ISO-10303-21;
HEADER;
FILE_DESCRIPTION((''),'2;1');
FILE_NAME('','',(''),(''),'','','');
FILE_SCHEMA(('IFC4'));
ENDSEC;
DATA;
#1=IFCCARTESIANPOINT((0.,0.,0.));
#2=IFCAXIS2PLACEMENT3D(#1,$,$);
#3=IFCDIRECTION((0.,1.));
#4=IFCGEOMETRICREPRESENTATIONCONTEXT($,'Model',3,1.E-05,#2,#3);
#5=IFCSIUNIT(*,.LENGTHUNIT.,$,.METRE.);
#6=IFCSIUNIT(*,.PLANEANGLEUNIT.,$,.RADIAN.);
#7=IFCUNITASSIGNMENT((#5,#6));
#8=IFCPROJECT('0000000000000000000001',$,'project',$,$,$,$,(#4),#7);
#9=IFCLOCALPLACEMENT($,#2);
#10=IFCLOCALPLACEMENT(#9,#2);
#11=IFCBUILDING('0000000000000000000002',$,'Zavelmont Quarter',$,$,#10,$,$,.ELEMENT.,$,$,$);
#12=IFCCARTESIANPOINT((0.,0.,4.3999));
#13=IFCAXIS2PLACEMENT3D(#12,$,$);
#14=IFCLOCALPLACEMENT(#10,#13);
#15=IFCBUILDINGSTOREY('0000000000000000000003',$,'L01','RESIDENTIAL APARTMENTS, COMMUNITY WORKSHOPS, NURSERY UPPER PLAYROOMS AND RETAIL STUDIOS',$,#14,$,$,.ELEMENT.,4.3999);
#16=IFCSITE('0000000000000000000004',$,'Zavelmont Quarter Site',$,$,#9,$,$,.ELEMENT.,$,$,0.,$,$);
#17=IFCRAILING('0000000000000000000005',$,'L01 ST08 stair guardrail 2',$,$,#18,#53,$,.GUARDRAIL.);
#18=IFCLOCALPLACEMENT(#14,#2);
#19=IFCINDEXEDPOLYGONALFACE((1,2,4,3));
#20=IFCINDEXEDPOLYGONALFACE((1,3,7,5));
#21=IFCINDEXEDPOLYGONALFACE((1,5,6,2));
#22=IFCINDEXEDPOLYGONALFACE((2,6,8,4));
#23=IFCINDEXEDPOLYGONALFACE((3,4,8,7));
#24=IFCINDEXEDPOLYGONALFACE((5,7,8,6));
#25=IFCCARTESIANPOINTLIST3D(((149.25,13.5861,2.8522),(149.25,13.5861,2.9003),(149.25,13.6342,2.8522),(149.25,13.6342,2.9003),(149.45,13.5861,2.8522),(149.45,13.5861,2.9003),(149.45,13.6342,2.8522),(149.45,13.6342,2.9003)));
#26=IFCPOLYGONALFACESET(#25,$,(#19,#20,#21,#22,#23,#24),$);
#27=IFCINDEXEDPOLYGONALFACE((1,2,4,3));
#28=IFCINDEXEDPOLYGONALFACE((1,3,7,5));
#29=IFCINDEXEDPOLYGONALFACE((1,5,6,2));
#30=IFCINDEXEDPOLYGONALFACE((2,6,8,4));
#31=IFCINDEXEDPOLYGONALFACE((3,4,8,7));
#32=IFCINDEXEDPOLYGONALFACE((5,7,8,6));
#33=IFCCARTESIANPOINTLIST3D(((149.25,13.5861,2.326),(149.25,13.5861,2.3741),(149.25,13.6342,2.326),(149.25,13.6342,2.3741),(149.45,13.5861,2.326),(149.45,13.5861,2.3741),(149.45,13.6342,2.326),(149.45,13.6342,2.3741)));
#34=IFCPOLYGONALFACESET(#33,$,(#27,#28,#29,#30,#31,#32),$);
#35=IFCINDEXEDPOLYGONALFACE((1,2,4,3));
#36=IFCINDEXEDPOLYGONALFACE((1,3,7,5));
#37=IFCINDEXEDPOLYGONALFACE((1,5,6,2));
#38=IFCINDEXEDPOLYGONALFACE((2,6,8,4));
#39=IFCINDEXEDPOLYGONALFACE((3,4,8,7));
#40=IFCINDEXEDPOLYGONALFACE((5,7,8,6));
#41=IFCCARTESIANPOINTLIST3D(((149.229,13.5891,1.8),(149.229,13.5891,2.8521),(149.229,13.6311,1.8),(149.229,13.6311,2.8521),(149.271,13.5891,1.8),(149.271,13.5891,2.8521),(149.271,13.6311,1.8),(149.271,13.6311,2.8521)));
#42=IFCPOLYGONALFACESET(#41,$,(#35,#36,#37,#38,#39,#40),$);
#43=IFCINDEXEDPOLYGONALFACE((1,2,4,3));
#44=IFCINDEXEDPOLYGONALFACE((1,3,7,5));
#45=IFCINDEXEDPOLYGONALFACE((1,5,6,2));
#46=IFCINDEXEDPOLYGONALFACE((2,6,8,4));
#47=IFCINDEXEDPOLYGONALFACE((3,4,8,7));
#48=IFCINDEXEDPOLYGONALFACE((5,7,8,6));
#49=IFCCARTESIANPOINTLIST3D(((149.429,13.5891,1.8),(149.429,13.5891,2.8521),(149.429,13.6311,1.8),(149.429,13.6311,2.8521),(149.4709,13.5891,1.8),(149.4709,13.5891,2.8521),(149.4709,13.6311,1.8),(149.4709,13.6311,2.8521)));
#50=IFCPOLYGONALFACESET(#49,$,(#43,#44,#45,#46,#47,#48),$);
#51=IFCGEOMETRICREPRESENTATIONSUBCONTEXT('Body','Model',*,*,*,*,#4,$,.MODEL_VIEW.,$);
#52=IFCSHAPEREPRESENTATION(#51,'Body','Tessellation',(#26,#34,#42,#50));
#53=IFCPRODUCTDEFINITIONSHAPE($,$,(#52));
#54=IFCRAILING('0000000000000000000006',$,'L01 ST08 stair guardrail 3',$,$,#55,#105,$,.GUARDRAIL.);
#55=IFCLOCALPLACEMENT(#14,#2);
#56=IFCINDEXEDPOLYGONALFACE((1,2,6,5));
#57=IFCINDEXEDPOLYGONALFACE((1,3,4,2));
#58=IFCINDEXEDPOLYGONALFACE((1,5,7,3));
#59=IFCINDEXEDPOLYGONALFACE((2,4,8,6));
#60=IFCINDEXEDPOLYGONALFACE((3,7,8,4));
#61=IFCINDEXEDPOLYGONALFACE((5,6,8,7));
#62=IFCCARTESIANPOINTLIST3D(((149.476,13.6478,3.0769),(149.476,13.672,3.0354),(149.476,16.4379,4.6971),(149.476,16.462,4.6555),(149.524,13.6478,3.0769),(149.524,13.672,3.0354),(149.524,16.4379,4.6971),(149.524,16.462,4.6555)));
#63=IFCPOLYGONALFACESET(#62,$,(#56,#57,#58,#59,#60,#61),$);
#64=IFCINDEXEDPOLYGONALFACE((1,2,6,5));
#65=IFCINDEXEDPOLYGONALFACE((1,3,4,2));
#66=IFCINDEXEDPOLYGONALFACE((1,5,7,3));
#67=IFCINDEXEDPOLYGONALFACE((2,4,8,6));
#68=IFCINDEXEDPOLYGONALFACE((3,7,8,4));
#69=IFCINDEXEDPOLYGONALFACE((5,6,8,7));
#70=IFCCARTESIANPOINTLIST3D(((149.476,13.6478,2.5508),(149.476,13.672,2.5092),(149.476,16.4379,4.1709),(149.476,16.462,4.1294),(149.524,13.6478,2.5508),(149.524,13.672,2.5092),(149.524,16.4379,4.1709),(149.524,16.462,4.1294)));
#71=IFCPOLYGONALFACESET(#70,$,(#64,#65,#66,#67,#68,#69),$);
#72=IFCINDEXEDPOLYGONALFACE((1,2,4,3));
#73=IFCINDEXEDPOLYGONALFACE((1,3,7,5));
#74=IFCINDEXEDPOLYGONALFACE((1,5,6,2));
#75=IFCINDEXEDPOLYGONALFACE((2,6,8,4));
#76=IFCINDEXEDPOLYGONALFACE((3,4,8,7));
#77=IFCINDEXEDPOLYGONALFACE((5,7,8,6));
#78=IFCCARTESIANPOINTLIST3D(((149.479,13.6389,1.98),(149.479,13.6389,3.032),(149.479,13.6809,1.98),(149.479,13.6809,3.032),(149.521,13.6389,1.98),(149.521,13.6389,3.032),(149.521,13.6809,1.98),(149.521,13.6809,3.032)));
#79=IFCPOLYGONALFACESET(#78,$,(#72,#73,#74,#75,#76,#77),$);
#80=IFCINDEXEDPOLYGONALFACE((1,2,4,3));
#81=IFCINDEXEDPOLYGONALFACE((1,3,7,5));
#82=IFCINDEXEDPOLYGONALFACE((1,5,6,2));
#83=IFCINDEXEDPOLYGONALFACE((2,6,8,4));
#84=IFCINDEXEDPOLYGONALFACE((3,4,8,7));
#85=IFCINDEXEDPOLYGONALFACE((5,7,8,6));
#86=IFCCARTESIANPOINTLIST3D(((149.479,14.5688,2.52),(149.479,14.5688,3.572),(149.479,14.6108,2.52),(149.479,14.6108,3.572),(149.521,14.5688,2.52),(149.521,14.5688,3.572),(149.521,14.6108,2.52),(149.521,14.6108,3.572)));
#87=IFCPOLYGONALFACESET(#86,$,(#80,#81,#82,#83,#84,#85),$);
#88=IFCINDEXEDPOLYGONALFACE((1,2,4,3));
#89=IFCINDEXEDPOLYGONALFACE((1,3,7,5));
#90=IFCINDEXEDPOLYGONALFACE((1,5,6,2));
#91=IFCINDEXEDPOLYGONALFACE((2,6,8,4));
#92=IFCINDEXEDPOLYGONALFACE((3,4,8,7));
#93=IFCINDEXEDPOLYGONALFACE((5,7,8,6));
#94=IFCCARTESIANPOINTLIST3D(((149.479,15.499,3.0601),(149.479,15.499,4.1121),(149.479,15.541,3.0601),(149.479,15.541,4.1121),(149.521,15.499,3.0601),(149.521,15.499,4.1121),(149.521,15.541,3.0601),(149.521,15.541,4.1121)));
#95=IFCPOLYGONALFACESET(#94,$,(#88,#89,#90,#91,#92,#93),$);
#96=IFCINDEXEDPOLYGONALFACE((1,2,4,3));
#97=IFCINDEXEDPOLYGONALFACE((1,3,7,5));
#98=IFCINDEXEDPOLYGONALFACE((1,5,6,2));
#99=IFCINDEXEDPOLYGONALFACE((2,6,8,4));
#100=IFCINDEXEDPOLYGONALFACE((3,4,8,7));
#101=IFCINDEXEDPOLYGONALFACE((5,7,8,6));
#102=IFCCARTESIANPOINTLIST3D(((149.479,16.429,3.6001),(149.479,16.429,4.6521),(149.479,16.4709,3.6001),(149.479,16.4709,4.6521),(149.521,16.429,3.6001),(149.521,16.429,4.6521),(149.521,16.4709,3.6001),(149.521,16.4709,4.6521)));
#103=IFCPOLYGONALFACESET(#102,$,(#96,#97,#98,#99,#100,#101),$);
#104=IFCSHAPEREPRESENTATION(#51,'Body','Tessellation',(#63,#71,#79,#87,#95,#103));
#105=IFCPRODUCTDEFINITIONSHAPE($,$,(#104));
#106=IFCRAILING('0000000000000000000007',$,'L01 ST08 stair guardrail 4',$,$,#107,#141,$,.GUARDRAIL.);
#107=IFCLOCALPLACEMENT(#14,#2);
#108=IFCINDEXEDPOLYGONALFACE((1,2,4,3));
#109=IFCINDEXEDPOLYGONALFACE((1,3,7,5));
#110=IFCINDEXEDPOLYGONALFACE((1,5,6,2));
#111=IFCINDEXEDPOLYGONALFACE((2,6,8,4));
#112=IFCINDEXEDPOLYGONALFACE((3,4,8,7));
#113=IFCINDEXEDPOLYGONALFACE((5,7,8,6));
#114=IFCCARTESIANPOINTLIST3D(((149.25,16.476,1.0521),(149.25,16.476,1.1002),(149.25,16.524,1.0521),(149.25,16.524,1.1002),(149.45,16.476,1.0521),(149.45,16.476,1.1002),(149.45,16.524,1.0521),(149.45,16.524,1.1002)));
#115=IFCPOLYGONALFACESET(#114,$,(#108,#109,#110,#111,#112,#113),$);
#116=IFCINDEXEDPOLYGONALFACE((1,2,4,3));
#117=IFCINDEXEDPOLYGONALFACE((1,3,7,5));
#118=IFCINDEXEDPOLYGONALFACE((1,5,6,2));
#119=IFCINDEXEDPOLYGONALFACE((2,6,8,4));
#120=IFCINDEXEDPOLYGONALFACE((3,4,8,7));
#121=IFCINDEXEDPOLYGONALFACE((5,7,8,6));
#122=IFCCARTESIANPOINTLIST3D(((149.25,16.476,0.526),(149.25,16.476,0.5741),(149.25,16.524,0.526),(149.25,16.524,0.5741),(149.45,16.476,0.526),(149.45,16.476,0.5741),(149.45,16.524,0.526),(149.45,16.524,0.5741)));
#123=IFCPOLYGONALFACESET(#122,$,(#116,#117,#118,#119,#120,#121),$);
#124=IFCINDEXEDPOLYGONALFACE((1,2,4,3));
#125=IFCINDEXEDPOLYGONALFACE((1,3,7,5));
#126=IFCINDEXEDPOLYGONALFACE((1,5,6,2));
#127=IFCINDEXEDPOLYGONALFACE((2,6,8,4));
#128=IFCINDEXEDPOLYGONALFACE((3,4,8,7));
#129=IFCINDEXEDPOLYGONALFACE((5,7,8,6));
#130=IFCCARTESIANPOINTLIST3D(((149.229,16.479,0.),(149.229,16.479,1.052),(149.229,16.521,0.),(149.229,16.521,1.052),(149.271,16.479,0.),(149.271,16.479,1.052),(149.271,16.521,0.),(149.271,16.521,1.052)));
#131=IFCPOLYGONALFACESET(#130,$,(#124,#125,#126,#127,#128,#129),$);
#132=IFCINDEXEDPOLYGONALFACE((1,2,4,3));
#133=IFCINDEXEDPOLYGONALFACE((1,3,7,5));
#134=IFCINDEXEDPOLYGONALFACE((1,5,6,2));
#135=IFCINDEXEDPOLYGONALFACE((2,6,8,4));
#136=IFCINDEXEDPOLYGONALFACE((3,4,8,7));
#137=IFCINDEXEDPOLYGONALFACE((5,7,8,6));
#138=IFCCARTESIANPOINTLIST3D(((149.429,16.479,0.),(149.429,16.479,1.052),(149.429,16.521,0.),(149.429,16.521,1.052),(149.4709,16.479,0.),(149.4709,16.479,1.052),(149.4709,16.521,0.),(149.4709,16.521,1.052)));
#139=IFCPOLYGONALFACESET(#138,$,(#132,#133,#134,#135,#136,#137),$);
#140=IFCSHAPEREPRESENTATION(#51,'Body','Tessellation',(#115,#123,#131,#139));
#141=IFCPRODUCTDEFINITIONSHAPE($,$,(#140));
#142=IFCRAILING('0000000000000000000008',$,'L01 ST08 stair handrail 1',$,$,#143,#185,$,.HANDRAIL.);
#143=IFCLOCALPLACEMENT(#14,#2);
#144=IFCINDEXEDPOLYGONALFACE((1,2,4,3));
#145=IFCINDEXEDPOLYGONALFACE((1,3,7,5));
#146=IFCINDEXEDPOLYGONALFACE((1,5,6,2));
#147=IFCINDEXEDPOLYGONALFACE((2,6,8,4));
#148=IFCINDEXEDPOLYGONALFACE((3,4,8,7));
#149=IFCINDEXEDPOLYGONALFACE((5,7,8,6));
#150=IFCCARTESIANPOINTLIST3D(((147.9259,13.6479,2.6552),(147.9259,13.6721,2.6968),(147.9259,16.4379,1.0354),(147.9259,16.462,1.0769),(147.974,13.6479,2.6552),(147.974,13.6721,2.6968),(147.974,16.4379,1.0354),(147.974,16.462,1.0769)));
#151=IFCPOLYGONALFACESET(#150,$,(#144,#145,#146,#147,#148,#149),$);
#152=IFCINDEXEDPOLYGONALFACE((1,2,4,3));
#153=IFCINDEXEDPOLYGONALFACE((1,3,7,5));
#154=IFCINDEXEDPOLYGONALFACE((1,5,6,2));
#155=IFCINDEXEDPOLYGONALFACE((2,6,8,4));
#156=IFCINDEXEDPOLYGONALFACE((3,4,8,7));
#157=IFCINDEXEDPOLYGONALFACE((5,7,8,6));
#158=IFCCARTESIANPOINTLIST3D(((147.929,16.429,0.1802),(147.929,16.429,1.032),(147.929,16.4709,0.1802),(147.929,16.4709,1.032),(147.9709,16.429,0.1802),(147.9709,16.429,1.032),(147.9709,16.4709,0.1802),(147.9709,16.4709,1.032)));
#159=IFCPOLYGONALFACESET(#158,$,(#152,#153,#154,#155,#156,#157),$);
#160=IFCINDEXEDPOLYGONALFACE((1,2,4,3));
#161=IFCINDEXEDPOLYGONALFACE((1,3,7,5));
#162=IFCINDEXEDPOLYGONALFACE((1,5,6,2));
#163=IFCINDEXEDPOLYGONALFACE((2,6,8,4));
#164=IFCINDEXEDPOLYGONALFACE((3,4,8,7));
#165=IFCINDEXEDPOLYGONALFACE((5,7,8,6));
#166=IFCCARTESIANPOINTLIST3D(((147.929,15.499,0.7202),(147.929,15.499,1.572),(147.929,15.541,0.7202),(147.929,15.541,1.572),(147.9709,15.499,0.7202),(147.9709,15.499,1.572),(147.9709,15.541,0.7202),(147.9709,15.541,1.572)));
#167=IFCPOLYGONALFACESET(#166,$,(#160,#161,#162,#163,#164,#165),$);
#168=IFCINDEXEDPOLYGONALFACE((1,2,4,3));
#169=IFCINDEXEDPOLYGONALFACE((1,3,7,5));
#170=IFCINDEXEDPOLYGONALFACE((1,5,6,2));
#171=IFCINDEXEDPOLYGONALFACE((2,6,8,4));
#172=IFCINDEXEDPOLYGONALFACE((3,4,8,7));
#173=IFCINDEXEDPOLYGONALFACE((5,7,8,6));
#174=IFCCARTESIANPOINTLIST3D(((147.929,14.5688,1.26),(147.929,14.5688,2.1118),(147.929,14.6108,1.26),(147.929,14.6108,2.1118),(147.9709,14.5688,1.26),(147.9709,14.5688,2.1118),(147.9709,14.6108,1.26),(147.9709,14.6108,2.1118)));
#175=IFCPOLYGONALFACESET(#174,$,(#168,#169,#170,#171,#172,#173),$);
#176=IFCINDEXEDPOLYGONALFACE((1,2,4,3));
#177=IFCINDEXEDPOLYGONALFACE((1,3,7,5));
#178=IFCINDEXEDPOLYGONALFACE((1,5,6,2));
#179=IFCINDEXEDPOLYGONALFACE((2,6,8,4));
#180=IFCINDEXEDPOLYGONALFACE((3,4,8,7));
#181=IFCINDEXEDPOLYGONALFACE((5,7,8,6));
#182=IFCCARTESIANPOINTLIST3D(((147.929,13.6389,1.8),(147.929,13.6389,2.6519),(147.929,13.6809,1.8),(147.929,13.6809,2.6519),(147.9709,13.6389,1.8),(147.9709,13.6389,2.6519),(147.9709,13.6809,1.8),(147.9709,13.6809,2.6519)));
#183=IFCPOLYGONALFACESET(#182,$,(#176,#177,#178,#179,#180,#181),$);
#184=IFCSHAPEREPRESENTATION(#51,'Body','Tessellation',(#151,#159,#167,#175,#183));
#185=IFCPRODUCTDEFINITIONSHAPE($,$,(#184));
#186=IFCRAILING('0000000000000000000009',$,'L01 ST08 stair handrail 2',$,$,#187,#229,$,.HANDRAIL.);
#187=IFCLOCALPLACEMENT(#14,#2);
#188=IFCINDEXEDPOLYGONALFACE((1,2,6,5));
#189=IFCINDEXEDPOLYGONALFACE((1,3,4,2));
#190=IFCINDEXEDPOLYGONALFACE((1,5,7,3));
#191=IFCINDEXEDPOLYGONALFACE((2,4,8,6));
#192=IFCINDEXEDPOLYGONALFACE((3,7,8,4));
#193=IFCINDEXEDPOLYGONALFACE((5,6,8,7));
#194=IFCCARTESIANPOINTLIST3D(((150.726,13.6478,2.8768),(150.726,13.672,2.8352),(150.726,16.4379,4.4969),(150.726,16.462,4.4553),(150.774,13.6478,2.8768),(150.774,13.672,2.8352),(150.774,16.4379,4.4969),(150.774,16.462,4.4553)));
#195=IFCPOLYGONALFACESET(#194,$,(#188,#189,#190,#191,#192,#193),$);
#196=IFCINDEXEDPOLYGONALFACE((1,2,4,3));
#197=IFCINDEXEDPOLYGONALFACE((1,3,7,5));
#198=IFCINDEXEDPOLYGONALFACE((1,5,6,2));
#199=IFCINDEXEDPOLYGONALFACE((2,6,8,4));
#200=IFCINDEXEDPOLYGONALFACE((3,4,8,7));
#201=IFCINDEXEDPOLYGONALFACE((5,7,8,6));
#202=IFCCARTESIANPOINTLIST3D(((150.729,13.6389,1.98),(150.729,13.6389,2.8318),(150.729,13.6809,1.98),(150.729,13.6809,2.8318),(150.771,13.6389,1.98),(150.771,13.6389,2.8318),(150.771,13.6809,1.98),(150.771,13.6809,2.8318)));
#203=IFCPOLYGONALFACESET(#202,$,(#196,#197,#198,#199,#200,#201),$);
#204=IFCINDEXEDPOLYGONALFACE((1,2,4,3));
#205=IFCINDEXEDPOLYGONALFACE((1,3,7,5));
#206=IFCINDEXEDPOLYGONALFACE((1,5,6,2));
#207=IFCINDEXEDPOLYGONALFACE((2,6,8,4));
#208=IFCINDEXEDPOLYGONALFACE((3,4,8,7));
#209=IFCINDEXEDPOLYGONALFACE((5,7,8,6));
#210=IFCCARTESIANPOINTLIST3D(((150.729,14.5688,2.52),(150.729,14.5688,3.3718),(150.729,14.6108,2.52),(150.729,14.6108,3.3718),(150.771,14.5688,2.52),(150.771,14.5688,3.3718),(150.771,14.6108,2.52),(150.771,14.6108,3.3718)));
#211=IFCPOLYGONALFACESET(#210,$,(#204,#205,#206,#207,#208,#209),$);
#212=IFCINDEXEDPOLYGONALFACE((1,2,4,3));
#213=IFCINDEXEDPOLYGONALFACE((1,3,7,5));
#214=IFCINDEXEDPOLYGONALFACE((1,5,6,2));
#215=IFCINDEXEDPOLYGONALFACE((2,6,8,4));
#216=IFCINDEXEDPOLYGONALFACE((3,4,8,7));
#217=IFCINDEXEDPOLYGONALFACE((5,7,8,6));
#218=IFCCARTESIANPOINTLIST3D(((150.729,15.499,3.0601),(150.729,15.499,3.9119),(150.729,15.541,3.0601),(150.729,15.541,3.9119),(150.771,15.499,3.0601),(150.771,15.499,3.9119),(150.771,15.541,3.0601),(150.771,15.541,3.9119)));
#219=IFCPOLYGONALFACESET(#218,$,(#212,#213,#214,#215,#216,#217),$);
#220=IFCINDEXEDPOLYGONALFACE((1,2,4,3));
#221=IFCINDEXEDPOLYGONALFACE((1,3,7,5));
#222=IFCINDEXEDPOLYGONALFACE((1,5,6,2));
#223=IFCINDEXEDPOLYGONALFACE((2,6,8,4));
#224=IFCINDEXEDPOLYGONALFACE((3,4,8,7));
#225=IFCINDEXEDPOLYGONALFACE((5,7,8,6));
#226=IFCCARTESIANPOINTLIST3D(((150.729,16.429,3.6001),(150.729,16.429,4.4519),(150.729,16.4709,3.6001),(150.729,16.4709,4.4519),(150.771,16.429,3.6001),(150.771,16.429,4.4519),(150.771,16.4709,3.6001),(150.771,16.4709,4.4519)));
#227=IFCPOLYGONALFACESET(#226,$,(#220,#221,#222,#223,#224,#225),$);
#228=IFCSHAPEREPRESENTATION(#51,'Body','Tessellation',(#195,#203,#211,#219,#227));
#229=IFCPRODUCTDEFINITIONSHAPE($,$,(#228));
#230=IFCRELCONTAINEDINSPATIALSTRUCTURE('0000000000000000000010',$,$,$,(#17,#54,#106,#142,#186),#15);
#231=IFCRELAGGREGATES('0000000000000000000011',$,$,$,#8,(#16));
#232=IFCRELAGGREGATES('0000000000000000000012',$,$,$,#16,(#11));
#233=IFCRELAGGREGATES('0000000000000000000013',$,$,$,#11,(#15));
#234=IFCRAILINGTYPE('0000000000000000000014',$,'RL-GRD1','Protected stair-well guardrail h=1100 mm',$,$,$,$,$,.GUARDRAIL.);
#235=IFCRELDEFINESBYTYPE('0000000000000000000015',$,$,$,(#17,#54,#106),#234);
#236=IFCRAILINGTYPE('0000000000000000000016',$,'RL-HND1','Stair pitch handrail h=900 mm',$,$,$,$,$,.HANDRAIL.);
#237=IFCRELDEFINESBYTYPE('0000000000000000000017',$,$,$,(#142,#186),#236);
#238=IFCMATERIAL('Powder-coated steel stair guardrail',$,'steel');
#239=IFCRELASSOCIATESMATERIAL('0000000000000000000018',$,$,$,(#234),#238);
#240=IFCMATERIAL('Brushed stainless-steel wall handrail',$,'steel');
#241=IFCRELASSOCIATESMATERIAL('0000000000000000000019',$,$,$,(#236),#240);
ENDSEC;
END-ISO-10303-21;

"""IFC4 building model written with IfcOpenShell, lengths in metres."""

from ifc_helpers import new_model, si_unit, direction, frame, origin, origin_2d, place, context, subcontext, project, spatial, rectangle, extrude, material, type_object, element, save


model = new_model("IFC4")

# Units and contexts
model_context = context("Model", 3, precision=1e-05, world=origin(), true_north=direction((0.0, 1.0)))
body_context = subcontext(model_context, "Body", "Model", "MODEL_VIEW")
ifc_project = project(units=[si_unit("LENGTHUNIT", "METRE"), si_unit("PLANEANGLEUNIT", "RADIAN")], contexts=[model_context])

# Site, building, storey
site_placement = place(None, origin())
site = spatial("IfcSite", under=ifc_project, at=site_placement, Name="Zavelmont Quarter Site", CompositionType="ELEMENT", RefElevation=0.0)
building_placement = place(site_placement, origin())
building = spatial("IfcBuilding", under=site, at=building_placement, Name="Zavelmont Quarter", CompositionType="ELEMENT")
storey_placement = place(building_placement, frame((0.0, 0.0, 4.3999)))
storey = spatial("IfcBuildingStorey", under=building, at=storey_placement, Name="L01", Description="RESIDENTIAL APARTMENTS, COMMUNITY WORKSHOPS, NURSERY UPPER PLAYROOMS AND RETAIL STUDIOS", CompositionType="ELEMENT", Elevation=4.3999)

# Railings
ifc_material_1 = material(Name="Powder-coated steel stair guardrail", Category="steel")
railing_type_1 = type_object("IfcRailingType", Name="RL-GRD1", Description="Protected stair-well guardrail h=1100 mm", PredefinedType="GUARDRAIL", material=ifc_material_1)
railing_1_placement = place(storey_placement, frame((149.25, 13.6101, 1.8)))
element("IfcRailing", 1, at=railing_1_placement, inside=storey, type_object=railing_type_1, Name="L01 ST08 stair guardrail 2", PredefinedType="GUARDRAIL", context=body_context, shape_type="SweptSolid", body=[
    extrude(rectangle(XDim=0.0481, YDim=0.0481, at=origin_2d()), frame((0.0, 0.0, 1.0762), z_axis=(1.0, 0.0, 0.0), x_axis=(0.0, 1.0, 0.0)), (0.0, 0.0, 1.0), 0.2),
    extrude(rectangle(XDim=0.0481, YDim=0.0481, at=origin_2d()), frame((0.0, 0.0, 0.55), z_axis=(1.0, 0.0, 0.0), x_axis=(0.0, 1.0, 0.0)), (0.0, 0.0, 1.0), 0.2),
    extrude(rectangle(XDim=0.042, YDim=0.042, at=origin_2d()), origin(), (0.0, 0.0, 1.0), 1.052),
    extrude(rectangle(XDim=0.042, YDim=0.042, at=origin_2d()), frame((0.2, 0.0, 0.0)), (0.0, 0.0, 1.0), 1.052),
])
railing_2_placement = place(storey_placement, frame((149.5, 13.6599, 1.98)))
element("IfcRailing", 2, at=railing_2_placement, inside=storey, type_object=railing_type_1, Name="L01 ST08 stair guardrail 3", PredefinedType="GUARDRAIL", context=body_context, shape_type="SweptSolid", body=[
    extrude(rectangle(XDim=0.0481, YDim=0.0481, at=origin_2d()), frame((0.0, 0.0, 1.0762), z_axis=(0.0, 0.864776, 0.502157), x_axis=(-1.0, 0.0, 0.0)), (0.0, 0.0, 1.0), 3.2263),
    extrude(rectangle(XDim=0.0481, YDim=0.0481, at=origin_2d()), frame((0.0, 0.0, 0.55), z_axis=(0.0, 0.864776, 0.502157), x_axis=(-1.0, 0.0, 0.0)), (0.0, 0.0, 1.0), 3.2263),
    extrude(rectangle(XDim=0.042, YDim=0.042, at=origin_2d()), origin(), (0.0, 0.0, 1.0), 1.052),
    extrude(rectangle(XDim=0.042, YDim=0.042, at=origin_2d()), frame((0.0, 0.9299, 0.54)), (0.0, 0.0, 1.0), 1.052),
    extrude(rectangle(XDim=0.042, YDim=0.042, at=origin_2d()), frame((0.0, 1.8601, 1.0801)), (0.0, 0.0, 1.0), 1.052),
    extrude(rectangle(XDim=0.042, YDim=0.042, at=origin_2d()), frame((0.0, 2.79, 1.6201)), (0.0, 0.0, 1.0), 1.052),
])
railing_3_placement = place(storey_placement, frame((149.25, 16.5, 0.0)))
element("IfcRailing", 3, at=railing_3_placement, inside=storey, type_object=railing_type_1, Name="L01 ST08 stair guardrail 4", PredefinedType="GUARDRAIL", context=body_context, shape_type="SweptSolid", body=[
    extrude(rectangle(XDim=0.0481, YDim=0.0481, at=origin_2d()), frame((0.0, 0.0, 1.0762), z_axis=(1.0, 0.0, 0.0), x_axis=(0.0, 1.0, 0.0)), (0.0, 0.0, 1.0), 0.2),
    extrude(rectangle(XDim=0.0481, YDim=0.0481, at=origin_2d()), frame((0.0, 0.0, 0.55), z_axis=(1.0, 0.0, 0.0), x_axis=(0.0, 1.0, 0.0)), (0.0, 0.0, 1.0), 0.2),
    extrude(rectangle(XDim=0.042, YDim=0.042, at=origin_2d()), origin(), (0.0, 0.0, 1.0), 1.052),
    extrude(rectangle(XDim=0.042, YDim=0.042, at=origin_2d()), frame((0.2, 0.0, 0.0)), (0.0, 0.0, 1.0), 1.052),
])
ifc_material_2 = material(Name="Brushed stainless-steel wall handrail", Category="steel")
railing_type_2 = type_object("IfcRailingType", Name="RL-HND1", Description="Stair pitch handrail h=900 mm", PredefinedType="HANDRAIL", material=ifc_material_2)
railing_4_placement = place(storey_placement, frame((147.95, 16.45, 0.1802)))
element("IfcRailing", 4, at=railing_4_placement, inside=storey, type_object=railing_type_2, Name="L01 ST08 stair handrail 1", PredefinedType="HANDRAIL", context=body_context, shape_type="SweptSolid", body=[
    extrude(rectangle(XDim=0.0481, YDim=0.0481, at=origin_2d()), frame((0.0, 0.0, 0.876), z_axis=(0.0, -0.864809, 0.502101), x_axis=(1.0, 0.0, 0.0)), (0.0, 0.0, 1.0), 3.2261),
    extrude(rectangle(XDim=0.042, YDim=0.042, at=origin_2d()), origin(), (0.0, 0.0, 1.0), 0.8518),
    extrude(rectangle(XDim=0.042, YDim=0.042, at=origin_2d()), frame((0.0, -0.9299, 0.54)), (0.0, 0.0, 1.0), 0.8518),
    extrude(rectangle(XDim=0.042, YDim=0.042, at=origin_2d()), frame((0.0, -1.8601, 1.0798)), (0.0, 0.0, 1.0), 0.8518),
    extrude(rectangle(XDim=0.042, YDim=0.042, at=origin_2d()), frame((0.0, -2.79, 1.6199)), (0.0, 0.0, 1.0), 0.8518),
])
railing_5_placement = place(storey_placement, frame((150.75, 13.6599, 1.98)))
element("IfcRailing", 5, at=railing_5_placement, inside=storey, type_object=railing_type_2, Name="L01 ST08 stair handrail 2", PredefinedType="HANDRAIL", context=body_context, shape_type="SweptSolid", body=[
    extrude(rectangle(XDim=0.0481, YDim=0.0481, at=origin_2d()), frame((0.0, 0.0, 0.876), z_axis=(0.0, 0.864776, 0.502157), x_axis=(-1.0, 0.0, 0.0)), (0.0, 0.0, 1.0), 3.2263),
    extrude(rectangle(XDim=0.042, YDim=0.042, at=origin_2d()), origin(), (0.0, 0.0, 1.0), 0.8518),
    extrude(rectangle(XDim=0.042, YDim=0.042, at=origin_2d()), frame((0.0, 0.9299, 0.54)), (0.0, 0.0, 1.0), 0.8518),
    extrude(rectangle(XDim=0.042, YDim=0.042, at=origin_2d()), frame((0.0, 1.8601, 1.0801)), (0.0, 0.0, 1.0), 0.8518),
    extrude(rectangle(XDim=0.042, YDim=0.042, at=origin_2d()), frame((0.0, 2.79, 1.6201)), (0.0, 0.0, 1.0), 0.8518),
])

save(model, "model.ifc")
